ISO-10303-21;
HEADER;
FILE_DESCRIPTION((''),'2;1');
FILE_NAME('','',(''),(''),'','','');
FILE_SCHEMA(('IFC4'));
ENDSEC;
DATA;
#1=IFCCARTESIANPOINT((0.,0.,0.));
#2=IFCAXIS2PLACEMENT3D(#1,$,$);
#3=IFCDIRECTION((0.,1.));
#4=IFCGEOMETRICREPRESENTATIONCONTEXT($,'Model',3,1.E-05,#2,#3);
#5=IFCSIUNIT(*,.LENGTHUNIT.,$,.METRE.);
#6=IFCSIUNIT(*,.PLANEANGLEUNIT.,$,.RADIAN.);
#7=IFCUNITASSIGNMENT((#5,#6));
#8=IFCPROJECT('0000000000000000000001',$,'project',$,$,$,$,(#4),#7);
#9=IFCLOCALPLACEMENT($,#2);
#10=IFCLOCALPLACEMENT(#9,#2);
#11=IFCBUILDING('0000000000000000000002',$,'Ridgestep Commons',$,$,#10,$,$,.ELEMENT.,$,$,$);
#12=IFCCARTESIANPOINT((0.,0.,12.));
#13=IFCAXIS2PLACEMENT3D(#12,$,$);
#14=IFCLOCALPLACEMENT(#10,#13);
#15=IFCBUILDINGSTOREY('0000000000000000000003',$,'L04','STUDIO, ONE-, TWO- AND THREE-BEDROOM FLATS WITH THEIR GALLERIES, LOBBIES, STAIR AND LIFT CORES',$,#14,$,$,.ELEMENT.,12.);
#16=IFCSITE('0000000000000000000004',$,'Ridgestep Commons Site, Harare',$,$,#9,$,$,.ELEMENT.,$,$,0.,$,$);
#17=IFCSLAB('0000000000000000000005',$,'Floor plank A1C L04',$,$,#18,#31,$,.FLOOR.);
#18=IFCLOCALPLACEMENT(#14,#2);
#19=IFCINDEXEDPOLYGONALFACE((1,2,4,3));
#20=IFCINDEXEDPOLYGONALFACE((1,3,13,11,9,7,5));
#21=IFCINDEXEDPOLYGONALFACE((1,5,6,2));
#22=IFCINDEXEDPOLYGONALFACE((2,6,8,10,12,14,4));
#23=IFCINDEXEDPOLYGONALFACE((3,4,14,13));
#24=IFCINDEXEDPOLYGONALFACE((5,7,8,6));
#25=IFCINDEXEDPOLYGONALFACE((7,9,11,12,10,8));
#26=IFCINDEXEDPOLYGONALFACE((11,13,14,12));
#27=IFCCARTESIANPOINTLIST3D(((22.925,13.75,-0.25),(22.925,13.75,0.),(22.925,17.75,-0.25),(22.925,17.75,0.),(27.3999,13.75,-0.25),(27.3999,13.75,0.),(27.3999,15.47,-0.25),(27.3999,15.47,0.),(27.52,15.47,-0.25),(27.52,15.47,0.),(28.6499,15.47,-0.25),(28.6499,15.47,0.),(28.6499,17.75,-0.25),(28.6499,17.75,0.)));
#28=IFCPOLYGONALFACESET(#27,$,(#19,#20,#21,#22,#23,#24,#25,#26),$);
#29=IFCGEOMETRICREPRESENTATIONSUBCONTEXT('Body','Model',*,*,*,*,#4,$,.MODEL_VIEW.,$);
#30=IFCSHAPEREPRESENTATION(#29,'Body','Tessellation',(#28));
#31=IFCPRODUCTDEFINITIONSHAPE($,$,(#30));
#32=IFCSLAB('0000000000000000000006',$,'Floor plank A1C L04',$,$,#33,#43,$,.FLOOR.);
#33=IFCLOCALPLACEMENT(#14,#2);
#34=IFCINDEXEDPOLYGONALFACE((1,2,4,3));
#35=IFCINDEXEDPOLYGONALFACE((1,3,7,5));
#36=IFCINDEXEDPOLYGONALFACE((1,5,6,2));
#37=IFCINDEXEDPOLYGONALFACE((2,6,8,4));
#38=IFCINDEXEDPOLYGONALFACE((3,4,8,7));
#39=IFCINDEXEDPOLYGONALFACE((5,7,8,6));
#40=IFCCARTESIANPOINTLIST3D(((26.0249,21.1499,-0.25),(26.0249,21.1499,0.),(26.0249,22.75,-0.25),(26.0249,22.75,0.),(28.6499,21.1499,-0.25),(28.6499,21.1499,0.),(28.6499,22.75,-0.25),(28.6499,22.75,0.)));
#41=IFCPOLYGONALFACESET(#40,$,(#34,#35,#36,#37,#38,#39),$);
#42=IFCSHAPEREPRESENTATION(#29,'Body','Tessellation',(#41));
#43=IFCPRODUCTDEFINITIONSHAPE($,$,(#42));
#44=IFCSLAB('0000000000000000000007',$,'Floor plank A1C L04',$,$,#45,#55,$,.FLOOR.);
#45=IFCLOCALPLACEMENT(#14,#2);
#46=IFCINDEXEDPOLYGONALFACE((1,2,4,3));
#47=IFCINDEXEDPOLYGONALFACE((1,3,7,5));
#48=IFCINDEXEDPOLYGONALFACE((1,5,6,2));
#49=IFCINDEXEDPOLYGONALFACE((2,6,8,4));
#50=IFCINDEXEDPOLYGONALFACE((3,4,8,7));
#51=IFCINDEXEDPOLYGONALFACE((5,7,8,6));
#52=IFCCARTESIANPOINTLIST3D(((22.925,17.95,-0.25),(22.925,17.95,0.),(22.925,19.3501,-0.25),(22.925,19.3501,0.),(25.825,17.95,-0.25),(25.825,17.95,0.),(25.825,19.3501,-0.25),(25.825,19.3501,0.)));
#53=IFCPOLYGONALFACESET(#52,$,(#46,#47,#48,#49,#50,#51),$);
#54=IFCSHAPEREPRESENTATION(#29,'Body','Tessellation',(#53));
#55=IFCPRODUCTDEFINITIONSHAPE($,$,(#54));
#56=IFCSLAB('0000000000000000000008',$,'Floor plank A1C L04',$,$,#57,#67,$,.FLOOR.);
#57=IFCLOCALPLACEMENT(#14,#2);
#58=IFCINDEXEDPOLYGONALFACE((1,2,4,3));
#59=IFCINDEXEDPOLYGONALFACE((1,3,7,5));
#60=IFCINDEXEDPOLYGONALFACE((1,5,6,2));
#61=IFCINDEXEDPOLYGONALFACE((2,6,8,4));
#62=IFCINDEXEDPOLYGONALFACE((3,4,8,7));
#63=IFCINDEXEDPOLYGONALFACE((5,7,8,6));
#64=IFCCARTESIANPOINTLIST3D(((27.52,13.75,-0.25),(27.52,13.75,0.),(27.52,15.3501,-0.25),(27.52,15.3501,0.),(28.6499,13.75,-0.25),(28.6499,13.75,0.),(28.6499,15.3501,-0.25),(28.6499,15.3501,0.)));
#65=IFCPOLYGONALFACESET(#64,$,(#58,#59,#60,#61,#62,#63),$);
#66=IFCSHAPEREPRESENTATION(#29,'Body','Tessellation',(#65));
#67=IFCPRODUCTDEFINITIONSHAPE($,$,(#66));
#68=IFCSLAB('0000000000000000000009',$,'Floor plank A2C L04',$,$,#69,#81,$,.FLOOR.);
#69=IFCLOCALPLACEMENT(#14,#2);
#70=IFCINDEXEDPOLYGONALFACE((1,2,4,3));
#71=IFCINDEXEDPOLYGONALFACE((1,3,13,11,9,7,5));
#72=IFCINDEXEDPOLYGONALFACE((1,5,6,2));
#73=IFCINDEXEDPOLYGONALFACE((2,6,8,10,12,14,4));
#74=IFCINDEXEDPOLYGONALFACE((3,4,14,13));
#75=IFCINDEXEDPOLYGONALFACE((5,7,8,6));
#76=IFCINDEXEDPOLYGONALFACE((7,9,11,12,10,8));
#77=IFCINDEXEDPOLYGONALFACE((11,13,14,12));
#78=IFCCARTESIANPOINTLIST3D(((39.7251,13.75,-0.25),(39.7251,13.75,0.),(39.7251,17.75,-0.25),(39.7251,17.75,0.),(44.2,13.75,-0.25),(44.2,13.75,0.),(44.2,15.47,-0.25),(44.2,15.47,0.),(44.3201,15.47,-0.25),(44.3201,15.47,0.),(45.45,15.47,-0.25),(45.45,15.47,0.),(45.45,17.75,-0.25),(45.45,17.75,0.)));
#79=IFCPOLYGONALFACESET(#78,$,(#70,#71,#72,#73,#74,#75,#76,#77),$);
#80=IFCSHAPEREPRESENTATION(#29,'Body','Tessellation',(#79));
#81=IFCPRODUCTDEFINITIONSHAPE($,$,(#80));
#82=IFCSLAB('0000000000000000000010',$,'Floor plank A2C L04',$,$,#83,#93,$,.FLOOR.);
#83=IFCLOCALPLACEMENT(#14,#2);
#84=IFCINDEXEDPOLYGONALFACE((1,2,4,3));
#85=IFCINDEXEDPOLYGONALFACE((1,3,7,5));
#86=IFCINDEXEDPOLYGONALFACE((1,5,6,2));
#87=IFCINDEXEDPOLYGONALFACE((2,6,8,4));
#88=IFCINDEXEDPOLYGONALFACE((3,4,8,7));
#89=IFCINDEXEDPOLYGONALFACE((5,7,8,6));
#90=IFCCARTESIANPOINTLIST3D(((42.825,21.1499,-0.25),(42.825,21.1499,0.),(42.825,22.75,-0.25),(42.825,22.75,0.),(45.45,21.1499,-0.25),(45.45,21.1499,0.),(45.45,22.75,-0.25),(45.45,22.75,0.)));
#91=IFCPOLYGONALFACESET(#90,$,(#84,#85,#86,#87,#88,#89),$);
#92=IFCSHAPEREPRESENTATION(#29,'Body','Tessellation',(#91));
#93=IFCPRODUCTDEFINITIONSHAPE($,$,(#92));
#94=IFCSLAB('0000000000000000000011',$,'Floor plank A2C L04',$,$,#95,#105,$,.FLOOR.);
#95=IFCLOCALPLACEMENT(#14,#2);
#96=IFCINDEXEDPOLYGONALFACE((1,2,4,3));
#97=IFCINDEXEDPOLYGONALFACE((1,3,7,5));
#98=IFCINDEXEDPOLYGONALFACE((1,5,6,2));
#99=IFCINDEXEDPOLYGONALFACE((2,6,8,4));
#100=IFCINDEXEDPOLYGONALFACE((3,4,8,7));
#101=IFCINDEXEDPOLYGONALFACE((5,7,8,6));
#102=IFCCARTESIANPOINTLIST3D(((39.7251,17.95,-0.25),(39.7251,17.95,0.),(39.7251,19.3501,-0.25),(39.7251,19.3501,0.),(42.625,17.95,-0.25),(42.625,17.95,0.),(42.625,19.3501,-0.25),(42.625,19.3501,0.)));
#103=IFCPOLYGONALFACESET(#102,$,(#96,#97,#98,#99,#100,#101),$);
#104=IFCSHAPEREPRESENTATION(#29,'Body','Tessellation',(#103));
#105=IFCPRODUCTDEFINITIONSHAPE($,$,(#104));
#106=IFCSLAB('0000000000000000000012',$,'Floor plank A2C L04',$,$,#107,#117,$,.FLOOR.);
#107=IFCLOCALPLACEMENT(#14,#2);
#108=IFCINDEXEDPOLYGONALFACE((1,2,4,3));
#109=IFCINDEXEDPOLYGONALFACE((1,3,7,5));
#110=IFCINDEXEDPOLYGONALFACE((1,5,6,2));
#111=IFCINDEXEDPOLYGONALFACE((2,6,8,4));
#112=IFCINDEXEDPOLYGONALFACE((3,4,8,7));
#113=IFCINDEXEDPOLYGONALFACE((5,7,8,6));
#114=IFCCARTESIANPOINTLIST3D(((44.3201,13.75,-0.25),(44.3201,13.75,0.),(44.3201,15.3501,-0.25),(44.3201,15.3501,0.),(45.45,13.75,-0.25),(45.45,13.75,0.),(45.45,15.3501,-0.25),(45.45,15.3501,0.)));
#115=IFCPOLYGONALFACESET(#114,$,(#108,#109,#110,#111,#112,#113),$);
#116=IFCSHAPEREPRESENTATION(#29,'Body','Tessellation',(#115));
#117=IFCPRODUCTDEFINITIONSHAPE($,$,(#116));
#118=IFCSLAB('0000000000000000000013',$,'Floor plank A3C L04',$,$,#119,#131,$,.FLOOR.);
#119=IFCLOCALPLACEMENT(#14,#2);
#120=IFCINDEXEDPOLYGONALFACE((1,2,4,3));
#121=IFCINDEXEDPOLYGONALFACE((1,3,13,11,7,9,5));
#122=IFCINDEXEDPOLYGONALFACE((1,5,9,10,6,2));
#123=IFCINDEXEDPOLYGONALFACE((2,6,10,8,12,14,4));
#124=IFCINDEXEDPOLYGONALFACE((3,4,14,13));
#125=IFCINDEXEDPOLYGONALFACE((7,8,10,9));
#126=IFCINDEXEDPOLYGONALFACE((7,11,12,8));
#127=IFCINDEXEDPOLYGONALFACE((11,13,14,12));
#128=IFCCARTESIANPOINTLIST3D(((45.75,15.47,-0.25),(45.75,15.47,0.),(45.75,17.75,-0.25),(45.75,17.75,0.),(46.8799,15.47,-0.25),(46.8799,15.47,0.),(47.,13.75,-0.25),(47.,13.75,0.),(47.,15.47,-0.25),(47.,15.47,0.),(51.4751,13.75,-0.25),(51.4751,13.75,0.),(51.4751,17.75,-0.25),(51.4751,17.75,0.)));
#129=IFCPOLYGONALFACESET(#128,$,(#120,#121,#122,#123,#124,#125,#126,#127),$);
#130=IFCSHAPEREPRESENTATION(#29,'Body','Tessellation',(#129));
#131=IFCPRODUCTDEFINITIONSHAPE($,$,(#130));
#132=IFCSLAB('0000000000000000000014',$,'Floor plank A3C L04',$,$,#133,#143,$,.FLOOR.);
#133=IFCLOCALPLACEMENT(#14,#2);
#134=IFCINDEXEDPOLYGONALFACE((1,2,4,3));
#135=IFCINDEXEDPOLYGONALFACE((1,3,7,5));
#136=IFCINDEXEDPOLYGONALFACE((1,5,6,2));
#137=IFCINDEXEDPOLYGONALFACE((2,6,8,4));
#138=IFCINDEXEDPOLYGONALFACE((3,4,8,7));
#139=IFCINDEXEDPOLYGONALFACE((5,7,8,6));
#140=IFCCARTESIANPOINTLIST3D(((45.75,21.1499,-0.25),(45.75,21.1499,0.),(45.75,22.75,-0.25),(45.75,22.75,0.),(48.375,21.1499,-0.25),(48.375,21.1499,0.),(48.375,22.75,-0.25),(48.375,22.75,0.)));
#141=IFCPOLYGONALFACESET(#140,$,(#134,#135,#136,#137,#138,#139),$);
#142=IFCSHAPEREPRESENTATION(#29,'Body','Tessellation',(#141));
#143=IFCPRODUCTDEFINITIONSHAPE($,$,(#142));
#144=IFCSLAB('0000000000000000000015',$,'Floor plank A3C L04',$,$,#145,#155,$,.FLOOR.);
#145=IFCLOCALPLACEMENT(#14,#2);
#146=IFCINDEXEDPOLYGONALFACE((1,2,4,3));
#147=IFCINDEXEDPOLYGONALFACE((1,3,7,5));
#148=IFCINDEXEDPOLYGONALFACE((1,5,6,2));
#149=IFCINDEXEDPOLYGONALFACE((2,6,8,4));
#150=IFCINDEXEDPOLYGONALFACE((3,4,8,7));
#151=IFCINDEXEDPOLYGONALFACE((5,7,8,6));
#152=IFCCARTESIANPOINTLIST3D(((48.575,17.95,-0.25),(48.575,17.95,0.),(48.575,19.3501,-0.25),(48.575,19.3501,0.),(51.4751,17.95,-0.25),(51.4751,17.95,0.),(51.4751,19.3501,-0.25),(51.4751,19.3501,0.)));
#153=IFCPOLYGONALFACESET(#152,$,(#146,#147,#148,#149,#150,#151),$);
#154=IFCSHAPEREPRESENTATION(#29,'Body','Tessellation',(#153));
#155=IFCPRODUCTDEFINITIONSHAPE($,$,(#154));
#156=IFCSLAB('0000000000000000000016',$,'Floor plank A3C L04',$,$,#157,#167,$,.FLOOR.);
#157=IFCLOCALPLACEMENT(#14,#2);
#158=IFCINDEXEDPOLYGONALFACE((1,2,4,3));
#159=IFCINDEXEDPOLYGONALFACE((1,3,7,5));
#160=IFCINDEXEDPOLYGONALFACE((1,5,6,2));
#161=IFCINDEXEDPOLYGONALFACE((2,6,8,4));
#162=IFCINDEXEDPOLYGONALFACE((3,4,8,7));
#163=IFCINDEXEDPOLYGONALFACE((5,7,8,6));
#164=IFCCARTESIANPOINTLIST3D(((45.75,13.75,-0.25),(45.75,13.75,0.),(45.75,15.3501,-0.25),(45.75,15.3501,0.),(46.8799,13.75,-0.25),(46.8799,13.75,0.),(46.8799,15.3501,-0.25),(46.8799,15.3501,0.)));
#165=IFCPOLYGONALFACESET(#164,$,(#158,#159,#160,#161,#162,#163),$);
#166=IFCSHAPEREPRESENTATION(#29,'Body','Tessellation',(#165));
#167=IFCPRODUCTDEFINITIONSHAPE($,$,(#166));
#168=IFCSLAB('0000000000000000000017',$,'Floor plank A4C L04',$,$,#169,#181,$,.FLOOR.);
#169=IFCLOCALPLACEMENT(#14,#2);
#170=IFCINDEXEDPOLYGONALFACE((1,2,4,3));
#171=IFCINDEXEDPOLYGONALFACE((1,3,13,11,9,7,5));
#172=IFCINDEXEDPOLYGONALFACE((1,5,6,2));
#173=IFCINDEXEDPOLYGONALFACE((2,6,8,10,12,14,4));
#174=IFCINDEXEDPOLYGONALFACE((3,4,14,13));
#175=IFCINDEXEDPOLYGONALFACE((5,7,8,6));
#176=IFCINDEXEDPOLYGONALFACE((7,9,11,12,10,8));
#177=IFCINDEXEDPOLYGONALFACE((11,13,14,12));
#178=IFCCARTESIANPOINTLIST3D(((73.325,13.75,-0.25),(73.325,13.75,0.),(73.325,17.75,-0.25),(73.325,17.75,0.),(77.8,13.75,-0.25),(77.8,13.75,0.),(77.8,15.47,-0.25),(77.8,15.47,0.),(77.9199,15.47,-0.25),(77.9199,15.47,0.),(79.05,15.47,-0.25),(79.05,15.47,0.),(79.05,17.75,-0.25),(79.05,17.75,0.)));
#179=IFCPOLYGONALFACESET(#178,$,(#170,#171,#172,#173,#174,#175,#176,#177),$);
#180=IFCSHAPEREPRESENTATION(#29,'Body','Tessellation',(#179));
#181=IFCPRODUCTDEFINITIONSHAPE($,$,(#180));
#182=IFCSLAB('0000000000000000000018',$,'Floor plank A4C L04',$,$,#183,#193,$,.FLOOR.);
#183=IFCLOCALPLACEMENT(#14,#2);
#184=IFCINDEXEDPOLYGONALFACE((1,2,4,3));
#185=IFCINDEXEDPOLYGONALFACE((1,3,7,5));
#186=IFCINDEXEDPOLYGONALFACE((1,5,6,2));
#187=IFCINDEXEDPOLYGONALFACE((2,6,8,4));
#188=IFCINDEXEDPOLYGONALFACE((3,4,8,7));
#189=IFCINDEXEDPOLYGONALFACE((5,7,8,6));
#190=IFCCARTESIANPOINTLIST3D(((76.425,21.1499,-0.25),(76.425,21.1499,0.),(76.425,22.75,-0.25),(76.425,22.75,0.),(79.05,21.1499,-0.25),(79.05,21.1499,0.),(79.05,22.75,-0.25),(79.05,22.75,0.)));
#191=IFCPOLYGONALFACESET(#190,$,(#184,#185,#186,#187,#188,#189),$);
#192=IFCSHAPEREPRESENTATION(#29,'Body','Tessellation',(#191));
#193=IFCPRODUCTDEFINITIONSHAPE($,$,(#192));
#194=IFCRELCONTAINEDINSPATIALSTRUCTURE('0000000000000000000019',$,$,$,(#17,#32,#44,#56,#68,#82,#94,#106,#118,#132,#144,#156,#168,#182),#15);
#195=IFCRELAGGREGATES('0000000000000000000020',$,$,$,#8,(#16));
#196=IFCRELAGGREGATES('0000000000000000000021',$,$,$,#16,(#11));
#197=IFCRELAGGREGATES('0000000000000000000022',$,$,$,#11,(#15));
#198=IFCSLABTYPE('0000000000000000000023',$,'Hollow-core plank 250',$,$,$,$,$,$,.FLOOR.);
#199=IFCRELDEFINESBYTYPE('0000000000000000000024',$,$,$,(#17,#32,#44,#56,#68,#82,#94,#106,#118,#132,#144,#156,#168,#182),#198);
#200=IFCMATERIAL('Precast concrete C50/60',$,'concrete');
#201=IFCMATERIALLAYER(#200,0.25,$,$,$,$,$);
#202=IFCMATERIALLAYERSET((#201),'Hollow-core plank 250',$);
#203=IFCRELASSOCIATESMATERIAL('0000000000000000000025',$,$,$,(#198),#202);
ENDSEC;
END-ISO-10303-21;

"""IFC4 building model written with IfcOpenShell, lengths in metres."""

from ifc_helpers import new_model, si_unit, direction, frame, origin, place, context, subcontext, project, spatial, polyline, outline, extrude, material, layer, layer_set, type_object, element, save


model = new_model("IFC4")

# Units and contexts
model_context = context("Model", 3, precision=1e-05, world=origin(), true_north=direction((0.0, 1.0)))
body_context = subcontext(model_context, "Body", "Model", "MODEL_VIEW")
ifc_project = project(units=[si_unit("LENGTHUNIT", "METRE"), si_unit("PLANEANGLEUNIT", "RADIAN")], contexts=[model_context])

# Site, building, storey
site_placement = place(None, origin())
site = spatial("IfcSite", under=ifc_project, at=site_placement, Name="Ridgestep Commons Site, Harare", CompositionType="ELEMENT", RefElevation=0.0)
building_placement = place(site_placement, origin())
building = spatial("IfcBuilding", under=site, at=building_placement, Name="Ridgestep Commons", CompositionType="ELEMENT")
storey_placement = place(building_placement, frame((0.0, 0.0, 12.0)))
storey = spatial("IfcBuildingStorey", under=building, at=storey_placement, Name="L04", Description="STUDIO, ONE-, TWO- AND THREE-BEDROOM FLATS WITH THEIR GALLERIES, LOBBIES, STAIR AND LIFT CORES", CompositionType="ELEMENT", Elevation=12.0)

# Slabs
ifc_material = material(Name="Precast concrete C50/60", Category="concrete")
ifc_layer = layer(ifc_material, 0.25)
ifc_layer_set = layer_set([ifc_layer], Name="Hollow-core plank 250")
slab_type = type_object("IfcSlabType", Name="Hollow-core plank 250", PredefinedType="FLOOR", material=ifc_layer_set)
slab_1_placement = place(storey_placement, frame((0.0, 0.0, -0.25)))
element("IfcSlab", 1, at=slab_1_placement, inside=storey, type_object=slab_type, Name="Floor plank A1C L04", PredefinedType="FLOOR", context=body_context, shape_type="SweptSolid", body=[
    extrude(outline(polyline([(27.52, 15.47), (28.6499, 15.47), (28.6499, 17.75), (22.925, 17.75), (22.925, 13.75), (27.3999, 13.75), (27.3999, 15.47), (27.52, 15.47)])), origin(), (0.0, 0.0, 1.0), 0.25),
])
slab_2_placement = place(storey_placement, frame((0.0, 0.0, -0.25)))
element("IfcSlab", 2, at=slab_2_placement, inside=storey, type_object=slab_type, Name="Floor plank A1C L04", PredefinedType="FLOOR", context=body_context, shape_type="SweptSolid", body=[
    extrude(outline(polyline([(28.6499, 21.1499), (28.6499, 22.75), (26.0249, 22.75), (26.0249, 21.1499), (28.6499, 21.1499)])), origin(), (0.0, 0.0, 1.0), 0.25),
])
slab_3_placement = place(storey_placement, frame((0.0, 0.0, -0.25)))
element("IfcSlab", 3, at=slab_3_placement, inside=storey, type_object=slab_type, Name="Floor plank A1C L04", PredefinedType="FLOOR", context=body_context, shape_type="SweptSolid", body=[
    extrude(outline(polyline([(25.825, 17.95), (25.825, 19.3501), (22.925, 19.3501), (22.925, 17.95), (25.825, 17.95)])), origin(), (0.0, 0.0, 1.0), 0.25),
])
slab_4_placement = place(storey_placement, frame((0.0, 0.0, -0.25)))
element("IfcSlab", 4, at=slab_4_placement, inside=storey, type_object=slab_type, Name="Floor plank A1C L04", PredefinedType="FLOOR", context=body_context, shape_type="SweptSolid", body=[
    extrude(outline(polyline([(27.52, 13.75), (28.6499, 13.75), (28.6499, 15.3501), (27.52, 15.3501), (27.52, 13.75)])), origin(), (0.0, 0.0, 1.0), 0.25),
])
slab_5_placement = place(storey_placement, frame((0.0, 0.0, -0.25)))
element("IfcSlab", 5, at=slab_5_placement, inside=storey, type_object=slab_type, Name="Floor plank A2C L04", PredefinedType="FLOOR", context=body_context, shape_type="SweptSolid", body=[
    extrude(outline(polyline([(44.3201, 15.47), (45.45, 15.47), (45.45, 17.75), (39.7251, 17.75), (39.7251, 13.75), (44.2, 13.75), (44.2, 15.47), (44.3201, 15.47)])), origin(), (0.0, 0.0, 1.0), 0.25),
])
slab_6_placement = place(storey_placement, frame((0.0, 0.0, -0.25)))
element("IfcSlab", 6, at=slab_6_placement, inside=storey, type_object=slab_type, Name="Floor plank A2C L04", PredefinedType="FLOOR", context=body_context, shape_type="SweptSolid", body=[
    extrude(outline(polyline([(45.45, 21.1499), (45.45, 22.75), (42.825, 22.75), (42.825, 21.1499), (45.45, 21.1499)])), origin(), (0.0, 0.0, 1.0), 0.25),
])
slab_7_placement = place(storey_placement, frame((0.0, 0.0, -0.25)))
element("IfcSlab", 7, at=slab_7_placement, inside=storey, type_object=slab_type, Name="Floor plank A2C L04", PredefinedType="FLOOR", context=body_context, shape_type="SweptSolid", body=[
    extrude(outline(polyline([(42.625, 17.95), (42.625, 19.3501), (39.7251, 19.3501), (39.7251, 17.95), (42.625, 17.95)])), origin(), (0.0, 0.0, 1.0), 0.25),
])
slab_8_placement = place(storey_placement, frame((0.0, 0.0, -0.25)))
element("IfcSlab", 8, at=slab_8_placement, inside=storey, type_object=slab_type, Name="Floor plank A2C L04", PredefinedType="FLOOR", context=body_context, shape_type="SweptSolid", body=[
    extrude(outline(polyline([(44.3201, 13.75), (45.45, 13.75), (45.45, 15.3501), (44.3201, 15.3501), (44.3201, 13.75)])), origin(), (0.0, 0.0, 1.0), 0.25),
])
slab_9_placement = place(storey_placement, frame((0.0, 0.0, -0.25)))
element("IfcSlab", 9, at=slab_9_placement, inside=storey, type_object=slab_type, Name="Floor plank A3C L04", PredefinedType="FLOOR", context=body_context, shape_type="SweptSolid", body=[
    extrude(outline(polyline([(47.0, 13.75), (51.4751, 13.75), (51.4751, 17.75), (45.75, 17.75), (45.75, 15.47), (46.8799, 15.47), (47.0, 15.47), (47.0, 13.75)])), origin(), (0.0, 0.0, 1.0), 0.25),
])
slab_10_placement = place(storey_placement, frame((0.0, 0.0, -0.25)))
element("IfcSlab", 10, at=slab_10_placement, inside=storey, type_object=slab_type, Name="Floor plank A3C L04", PredefinedType="FLOOR", context=body_context, shape_type="SweptSolid", body=[
    extrude(outline(polyline([(48.375, 22.75), (45.75, 22.75), (45.75, 21.1499), (48.375, 21.1499), (48.375, 22.75)])), origin(), (0.0, 0.0, 1.0), 0.25),
])
slab_11_placement = place(storey_placement, frame((0.0, 0.0, -0.25)))
element("IfcSlab", 11, at=slab_11_placement, inside=storey, type_object=slab_type, Name="Floor plank A3C L04", PredefinedType="FLOOR", context=body_context, shape_type="SweptSolid", body=[
    extrude(outline(polyline([(51.4751, 17.95), (51.4751, 19.3501), (48.575, 19.3501), (48.575, 17.95), (51.4751, 17.95)])), origin(), (0.0, 0.0, 1.0), 0.25),
])
slab_12_placement = place(storey_placement, frame((0.0, 0.0, -0.25)))
element("IfcSlab", 12, at=slab_12_placement, inside=storey, type_object=slab_type, Name="Floor plank A3C L04", PredefinedType="FLOOR", context=body_context, shape_type="SweptSolid", body=[
    extrude(outline(polyline([(46.8799, 15.3501), (45.75, 15.3501), (45.75, 13.75), (46.8799, 13.75), (46.8799, 15.3501)])), origin(), (0.0, 0.0, 1.0), 0.25),
])
slab_13_placement = place(storey_placement, frame((0.0, 0.0, -0.25)))
element("IfcSlab", 13, at=slab_13_placement, inside=storey, type_object=slab_type, Name="Floor plank A4C L04", PredefinedType="FLOOR", context=body_context, shape_type="SweptSolid", body=[
    extrude(outline(polyline([(77.9199, 15.47), (79.05, 15.47), (79.05, 17.75), (73.325, 17.75), (73.325, 13.75), (77.8, 13.75), (77.8, 15.47), (77.9199, 15.47)])), origin(), (0.0, 0.0, 1.0), 0.25),
])
slab_14_placement = place(storey_placement, frame((0.0, 0.0, -0.25)))
element("IfcSlab", 14, at=slab_14_placement, inside=storey, type_object=slab_type, Name="Floor plank A4C L04", PredefinedType="FLOOR", context=body_context, shape_type="SweptSolid", body=[
    extrude(outline(polyline([(79.05, 21.1499), (79.05, 22.75), (76.425, 22.75), (76.425, 21.1499), (79.05, 21.1499)])), origin(), (0.0, 0.0, 1.0), 0.25),
])

save(model, "model.ifc")
